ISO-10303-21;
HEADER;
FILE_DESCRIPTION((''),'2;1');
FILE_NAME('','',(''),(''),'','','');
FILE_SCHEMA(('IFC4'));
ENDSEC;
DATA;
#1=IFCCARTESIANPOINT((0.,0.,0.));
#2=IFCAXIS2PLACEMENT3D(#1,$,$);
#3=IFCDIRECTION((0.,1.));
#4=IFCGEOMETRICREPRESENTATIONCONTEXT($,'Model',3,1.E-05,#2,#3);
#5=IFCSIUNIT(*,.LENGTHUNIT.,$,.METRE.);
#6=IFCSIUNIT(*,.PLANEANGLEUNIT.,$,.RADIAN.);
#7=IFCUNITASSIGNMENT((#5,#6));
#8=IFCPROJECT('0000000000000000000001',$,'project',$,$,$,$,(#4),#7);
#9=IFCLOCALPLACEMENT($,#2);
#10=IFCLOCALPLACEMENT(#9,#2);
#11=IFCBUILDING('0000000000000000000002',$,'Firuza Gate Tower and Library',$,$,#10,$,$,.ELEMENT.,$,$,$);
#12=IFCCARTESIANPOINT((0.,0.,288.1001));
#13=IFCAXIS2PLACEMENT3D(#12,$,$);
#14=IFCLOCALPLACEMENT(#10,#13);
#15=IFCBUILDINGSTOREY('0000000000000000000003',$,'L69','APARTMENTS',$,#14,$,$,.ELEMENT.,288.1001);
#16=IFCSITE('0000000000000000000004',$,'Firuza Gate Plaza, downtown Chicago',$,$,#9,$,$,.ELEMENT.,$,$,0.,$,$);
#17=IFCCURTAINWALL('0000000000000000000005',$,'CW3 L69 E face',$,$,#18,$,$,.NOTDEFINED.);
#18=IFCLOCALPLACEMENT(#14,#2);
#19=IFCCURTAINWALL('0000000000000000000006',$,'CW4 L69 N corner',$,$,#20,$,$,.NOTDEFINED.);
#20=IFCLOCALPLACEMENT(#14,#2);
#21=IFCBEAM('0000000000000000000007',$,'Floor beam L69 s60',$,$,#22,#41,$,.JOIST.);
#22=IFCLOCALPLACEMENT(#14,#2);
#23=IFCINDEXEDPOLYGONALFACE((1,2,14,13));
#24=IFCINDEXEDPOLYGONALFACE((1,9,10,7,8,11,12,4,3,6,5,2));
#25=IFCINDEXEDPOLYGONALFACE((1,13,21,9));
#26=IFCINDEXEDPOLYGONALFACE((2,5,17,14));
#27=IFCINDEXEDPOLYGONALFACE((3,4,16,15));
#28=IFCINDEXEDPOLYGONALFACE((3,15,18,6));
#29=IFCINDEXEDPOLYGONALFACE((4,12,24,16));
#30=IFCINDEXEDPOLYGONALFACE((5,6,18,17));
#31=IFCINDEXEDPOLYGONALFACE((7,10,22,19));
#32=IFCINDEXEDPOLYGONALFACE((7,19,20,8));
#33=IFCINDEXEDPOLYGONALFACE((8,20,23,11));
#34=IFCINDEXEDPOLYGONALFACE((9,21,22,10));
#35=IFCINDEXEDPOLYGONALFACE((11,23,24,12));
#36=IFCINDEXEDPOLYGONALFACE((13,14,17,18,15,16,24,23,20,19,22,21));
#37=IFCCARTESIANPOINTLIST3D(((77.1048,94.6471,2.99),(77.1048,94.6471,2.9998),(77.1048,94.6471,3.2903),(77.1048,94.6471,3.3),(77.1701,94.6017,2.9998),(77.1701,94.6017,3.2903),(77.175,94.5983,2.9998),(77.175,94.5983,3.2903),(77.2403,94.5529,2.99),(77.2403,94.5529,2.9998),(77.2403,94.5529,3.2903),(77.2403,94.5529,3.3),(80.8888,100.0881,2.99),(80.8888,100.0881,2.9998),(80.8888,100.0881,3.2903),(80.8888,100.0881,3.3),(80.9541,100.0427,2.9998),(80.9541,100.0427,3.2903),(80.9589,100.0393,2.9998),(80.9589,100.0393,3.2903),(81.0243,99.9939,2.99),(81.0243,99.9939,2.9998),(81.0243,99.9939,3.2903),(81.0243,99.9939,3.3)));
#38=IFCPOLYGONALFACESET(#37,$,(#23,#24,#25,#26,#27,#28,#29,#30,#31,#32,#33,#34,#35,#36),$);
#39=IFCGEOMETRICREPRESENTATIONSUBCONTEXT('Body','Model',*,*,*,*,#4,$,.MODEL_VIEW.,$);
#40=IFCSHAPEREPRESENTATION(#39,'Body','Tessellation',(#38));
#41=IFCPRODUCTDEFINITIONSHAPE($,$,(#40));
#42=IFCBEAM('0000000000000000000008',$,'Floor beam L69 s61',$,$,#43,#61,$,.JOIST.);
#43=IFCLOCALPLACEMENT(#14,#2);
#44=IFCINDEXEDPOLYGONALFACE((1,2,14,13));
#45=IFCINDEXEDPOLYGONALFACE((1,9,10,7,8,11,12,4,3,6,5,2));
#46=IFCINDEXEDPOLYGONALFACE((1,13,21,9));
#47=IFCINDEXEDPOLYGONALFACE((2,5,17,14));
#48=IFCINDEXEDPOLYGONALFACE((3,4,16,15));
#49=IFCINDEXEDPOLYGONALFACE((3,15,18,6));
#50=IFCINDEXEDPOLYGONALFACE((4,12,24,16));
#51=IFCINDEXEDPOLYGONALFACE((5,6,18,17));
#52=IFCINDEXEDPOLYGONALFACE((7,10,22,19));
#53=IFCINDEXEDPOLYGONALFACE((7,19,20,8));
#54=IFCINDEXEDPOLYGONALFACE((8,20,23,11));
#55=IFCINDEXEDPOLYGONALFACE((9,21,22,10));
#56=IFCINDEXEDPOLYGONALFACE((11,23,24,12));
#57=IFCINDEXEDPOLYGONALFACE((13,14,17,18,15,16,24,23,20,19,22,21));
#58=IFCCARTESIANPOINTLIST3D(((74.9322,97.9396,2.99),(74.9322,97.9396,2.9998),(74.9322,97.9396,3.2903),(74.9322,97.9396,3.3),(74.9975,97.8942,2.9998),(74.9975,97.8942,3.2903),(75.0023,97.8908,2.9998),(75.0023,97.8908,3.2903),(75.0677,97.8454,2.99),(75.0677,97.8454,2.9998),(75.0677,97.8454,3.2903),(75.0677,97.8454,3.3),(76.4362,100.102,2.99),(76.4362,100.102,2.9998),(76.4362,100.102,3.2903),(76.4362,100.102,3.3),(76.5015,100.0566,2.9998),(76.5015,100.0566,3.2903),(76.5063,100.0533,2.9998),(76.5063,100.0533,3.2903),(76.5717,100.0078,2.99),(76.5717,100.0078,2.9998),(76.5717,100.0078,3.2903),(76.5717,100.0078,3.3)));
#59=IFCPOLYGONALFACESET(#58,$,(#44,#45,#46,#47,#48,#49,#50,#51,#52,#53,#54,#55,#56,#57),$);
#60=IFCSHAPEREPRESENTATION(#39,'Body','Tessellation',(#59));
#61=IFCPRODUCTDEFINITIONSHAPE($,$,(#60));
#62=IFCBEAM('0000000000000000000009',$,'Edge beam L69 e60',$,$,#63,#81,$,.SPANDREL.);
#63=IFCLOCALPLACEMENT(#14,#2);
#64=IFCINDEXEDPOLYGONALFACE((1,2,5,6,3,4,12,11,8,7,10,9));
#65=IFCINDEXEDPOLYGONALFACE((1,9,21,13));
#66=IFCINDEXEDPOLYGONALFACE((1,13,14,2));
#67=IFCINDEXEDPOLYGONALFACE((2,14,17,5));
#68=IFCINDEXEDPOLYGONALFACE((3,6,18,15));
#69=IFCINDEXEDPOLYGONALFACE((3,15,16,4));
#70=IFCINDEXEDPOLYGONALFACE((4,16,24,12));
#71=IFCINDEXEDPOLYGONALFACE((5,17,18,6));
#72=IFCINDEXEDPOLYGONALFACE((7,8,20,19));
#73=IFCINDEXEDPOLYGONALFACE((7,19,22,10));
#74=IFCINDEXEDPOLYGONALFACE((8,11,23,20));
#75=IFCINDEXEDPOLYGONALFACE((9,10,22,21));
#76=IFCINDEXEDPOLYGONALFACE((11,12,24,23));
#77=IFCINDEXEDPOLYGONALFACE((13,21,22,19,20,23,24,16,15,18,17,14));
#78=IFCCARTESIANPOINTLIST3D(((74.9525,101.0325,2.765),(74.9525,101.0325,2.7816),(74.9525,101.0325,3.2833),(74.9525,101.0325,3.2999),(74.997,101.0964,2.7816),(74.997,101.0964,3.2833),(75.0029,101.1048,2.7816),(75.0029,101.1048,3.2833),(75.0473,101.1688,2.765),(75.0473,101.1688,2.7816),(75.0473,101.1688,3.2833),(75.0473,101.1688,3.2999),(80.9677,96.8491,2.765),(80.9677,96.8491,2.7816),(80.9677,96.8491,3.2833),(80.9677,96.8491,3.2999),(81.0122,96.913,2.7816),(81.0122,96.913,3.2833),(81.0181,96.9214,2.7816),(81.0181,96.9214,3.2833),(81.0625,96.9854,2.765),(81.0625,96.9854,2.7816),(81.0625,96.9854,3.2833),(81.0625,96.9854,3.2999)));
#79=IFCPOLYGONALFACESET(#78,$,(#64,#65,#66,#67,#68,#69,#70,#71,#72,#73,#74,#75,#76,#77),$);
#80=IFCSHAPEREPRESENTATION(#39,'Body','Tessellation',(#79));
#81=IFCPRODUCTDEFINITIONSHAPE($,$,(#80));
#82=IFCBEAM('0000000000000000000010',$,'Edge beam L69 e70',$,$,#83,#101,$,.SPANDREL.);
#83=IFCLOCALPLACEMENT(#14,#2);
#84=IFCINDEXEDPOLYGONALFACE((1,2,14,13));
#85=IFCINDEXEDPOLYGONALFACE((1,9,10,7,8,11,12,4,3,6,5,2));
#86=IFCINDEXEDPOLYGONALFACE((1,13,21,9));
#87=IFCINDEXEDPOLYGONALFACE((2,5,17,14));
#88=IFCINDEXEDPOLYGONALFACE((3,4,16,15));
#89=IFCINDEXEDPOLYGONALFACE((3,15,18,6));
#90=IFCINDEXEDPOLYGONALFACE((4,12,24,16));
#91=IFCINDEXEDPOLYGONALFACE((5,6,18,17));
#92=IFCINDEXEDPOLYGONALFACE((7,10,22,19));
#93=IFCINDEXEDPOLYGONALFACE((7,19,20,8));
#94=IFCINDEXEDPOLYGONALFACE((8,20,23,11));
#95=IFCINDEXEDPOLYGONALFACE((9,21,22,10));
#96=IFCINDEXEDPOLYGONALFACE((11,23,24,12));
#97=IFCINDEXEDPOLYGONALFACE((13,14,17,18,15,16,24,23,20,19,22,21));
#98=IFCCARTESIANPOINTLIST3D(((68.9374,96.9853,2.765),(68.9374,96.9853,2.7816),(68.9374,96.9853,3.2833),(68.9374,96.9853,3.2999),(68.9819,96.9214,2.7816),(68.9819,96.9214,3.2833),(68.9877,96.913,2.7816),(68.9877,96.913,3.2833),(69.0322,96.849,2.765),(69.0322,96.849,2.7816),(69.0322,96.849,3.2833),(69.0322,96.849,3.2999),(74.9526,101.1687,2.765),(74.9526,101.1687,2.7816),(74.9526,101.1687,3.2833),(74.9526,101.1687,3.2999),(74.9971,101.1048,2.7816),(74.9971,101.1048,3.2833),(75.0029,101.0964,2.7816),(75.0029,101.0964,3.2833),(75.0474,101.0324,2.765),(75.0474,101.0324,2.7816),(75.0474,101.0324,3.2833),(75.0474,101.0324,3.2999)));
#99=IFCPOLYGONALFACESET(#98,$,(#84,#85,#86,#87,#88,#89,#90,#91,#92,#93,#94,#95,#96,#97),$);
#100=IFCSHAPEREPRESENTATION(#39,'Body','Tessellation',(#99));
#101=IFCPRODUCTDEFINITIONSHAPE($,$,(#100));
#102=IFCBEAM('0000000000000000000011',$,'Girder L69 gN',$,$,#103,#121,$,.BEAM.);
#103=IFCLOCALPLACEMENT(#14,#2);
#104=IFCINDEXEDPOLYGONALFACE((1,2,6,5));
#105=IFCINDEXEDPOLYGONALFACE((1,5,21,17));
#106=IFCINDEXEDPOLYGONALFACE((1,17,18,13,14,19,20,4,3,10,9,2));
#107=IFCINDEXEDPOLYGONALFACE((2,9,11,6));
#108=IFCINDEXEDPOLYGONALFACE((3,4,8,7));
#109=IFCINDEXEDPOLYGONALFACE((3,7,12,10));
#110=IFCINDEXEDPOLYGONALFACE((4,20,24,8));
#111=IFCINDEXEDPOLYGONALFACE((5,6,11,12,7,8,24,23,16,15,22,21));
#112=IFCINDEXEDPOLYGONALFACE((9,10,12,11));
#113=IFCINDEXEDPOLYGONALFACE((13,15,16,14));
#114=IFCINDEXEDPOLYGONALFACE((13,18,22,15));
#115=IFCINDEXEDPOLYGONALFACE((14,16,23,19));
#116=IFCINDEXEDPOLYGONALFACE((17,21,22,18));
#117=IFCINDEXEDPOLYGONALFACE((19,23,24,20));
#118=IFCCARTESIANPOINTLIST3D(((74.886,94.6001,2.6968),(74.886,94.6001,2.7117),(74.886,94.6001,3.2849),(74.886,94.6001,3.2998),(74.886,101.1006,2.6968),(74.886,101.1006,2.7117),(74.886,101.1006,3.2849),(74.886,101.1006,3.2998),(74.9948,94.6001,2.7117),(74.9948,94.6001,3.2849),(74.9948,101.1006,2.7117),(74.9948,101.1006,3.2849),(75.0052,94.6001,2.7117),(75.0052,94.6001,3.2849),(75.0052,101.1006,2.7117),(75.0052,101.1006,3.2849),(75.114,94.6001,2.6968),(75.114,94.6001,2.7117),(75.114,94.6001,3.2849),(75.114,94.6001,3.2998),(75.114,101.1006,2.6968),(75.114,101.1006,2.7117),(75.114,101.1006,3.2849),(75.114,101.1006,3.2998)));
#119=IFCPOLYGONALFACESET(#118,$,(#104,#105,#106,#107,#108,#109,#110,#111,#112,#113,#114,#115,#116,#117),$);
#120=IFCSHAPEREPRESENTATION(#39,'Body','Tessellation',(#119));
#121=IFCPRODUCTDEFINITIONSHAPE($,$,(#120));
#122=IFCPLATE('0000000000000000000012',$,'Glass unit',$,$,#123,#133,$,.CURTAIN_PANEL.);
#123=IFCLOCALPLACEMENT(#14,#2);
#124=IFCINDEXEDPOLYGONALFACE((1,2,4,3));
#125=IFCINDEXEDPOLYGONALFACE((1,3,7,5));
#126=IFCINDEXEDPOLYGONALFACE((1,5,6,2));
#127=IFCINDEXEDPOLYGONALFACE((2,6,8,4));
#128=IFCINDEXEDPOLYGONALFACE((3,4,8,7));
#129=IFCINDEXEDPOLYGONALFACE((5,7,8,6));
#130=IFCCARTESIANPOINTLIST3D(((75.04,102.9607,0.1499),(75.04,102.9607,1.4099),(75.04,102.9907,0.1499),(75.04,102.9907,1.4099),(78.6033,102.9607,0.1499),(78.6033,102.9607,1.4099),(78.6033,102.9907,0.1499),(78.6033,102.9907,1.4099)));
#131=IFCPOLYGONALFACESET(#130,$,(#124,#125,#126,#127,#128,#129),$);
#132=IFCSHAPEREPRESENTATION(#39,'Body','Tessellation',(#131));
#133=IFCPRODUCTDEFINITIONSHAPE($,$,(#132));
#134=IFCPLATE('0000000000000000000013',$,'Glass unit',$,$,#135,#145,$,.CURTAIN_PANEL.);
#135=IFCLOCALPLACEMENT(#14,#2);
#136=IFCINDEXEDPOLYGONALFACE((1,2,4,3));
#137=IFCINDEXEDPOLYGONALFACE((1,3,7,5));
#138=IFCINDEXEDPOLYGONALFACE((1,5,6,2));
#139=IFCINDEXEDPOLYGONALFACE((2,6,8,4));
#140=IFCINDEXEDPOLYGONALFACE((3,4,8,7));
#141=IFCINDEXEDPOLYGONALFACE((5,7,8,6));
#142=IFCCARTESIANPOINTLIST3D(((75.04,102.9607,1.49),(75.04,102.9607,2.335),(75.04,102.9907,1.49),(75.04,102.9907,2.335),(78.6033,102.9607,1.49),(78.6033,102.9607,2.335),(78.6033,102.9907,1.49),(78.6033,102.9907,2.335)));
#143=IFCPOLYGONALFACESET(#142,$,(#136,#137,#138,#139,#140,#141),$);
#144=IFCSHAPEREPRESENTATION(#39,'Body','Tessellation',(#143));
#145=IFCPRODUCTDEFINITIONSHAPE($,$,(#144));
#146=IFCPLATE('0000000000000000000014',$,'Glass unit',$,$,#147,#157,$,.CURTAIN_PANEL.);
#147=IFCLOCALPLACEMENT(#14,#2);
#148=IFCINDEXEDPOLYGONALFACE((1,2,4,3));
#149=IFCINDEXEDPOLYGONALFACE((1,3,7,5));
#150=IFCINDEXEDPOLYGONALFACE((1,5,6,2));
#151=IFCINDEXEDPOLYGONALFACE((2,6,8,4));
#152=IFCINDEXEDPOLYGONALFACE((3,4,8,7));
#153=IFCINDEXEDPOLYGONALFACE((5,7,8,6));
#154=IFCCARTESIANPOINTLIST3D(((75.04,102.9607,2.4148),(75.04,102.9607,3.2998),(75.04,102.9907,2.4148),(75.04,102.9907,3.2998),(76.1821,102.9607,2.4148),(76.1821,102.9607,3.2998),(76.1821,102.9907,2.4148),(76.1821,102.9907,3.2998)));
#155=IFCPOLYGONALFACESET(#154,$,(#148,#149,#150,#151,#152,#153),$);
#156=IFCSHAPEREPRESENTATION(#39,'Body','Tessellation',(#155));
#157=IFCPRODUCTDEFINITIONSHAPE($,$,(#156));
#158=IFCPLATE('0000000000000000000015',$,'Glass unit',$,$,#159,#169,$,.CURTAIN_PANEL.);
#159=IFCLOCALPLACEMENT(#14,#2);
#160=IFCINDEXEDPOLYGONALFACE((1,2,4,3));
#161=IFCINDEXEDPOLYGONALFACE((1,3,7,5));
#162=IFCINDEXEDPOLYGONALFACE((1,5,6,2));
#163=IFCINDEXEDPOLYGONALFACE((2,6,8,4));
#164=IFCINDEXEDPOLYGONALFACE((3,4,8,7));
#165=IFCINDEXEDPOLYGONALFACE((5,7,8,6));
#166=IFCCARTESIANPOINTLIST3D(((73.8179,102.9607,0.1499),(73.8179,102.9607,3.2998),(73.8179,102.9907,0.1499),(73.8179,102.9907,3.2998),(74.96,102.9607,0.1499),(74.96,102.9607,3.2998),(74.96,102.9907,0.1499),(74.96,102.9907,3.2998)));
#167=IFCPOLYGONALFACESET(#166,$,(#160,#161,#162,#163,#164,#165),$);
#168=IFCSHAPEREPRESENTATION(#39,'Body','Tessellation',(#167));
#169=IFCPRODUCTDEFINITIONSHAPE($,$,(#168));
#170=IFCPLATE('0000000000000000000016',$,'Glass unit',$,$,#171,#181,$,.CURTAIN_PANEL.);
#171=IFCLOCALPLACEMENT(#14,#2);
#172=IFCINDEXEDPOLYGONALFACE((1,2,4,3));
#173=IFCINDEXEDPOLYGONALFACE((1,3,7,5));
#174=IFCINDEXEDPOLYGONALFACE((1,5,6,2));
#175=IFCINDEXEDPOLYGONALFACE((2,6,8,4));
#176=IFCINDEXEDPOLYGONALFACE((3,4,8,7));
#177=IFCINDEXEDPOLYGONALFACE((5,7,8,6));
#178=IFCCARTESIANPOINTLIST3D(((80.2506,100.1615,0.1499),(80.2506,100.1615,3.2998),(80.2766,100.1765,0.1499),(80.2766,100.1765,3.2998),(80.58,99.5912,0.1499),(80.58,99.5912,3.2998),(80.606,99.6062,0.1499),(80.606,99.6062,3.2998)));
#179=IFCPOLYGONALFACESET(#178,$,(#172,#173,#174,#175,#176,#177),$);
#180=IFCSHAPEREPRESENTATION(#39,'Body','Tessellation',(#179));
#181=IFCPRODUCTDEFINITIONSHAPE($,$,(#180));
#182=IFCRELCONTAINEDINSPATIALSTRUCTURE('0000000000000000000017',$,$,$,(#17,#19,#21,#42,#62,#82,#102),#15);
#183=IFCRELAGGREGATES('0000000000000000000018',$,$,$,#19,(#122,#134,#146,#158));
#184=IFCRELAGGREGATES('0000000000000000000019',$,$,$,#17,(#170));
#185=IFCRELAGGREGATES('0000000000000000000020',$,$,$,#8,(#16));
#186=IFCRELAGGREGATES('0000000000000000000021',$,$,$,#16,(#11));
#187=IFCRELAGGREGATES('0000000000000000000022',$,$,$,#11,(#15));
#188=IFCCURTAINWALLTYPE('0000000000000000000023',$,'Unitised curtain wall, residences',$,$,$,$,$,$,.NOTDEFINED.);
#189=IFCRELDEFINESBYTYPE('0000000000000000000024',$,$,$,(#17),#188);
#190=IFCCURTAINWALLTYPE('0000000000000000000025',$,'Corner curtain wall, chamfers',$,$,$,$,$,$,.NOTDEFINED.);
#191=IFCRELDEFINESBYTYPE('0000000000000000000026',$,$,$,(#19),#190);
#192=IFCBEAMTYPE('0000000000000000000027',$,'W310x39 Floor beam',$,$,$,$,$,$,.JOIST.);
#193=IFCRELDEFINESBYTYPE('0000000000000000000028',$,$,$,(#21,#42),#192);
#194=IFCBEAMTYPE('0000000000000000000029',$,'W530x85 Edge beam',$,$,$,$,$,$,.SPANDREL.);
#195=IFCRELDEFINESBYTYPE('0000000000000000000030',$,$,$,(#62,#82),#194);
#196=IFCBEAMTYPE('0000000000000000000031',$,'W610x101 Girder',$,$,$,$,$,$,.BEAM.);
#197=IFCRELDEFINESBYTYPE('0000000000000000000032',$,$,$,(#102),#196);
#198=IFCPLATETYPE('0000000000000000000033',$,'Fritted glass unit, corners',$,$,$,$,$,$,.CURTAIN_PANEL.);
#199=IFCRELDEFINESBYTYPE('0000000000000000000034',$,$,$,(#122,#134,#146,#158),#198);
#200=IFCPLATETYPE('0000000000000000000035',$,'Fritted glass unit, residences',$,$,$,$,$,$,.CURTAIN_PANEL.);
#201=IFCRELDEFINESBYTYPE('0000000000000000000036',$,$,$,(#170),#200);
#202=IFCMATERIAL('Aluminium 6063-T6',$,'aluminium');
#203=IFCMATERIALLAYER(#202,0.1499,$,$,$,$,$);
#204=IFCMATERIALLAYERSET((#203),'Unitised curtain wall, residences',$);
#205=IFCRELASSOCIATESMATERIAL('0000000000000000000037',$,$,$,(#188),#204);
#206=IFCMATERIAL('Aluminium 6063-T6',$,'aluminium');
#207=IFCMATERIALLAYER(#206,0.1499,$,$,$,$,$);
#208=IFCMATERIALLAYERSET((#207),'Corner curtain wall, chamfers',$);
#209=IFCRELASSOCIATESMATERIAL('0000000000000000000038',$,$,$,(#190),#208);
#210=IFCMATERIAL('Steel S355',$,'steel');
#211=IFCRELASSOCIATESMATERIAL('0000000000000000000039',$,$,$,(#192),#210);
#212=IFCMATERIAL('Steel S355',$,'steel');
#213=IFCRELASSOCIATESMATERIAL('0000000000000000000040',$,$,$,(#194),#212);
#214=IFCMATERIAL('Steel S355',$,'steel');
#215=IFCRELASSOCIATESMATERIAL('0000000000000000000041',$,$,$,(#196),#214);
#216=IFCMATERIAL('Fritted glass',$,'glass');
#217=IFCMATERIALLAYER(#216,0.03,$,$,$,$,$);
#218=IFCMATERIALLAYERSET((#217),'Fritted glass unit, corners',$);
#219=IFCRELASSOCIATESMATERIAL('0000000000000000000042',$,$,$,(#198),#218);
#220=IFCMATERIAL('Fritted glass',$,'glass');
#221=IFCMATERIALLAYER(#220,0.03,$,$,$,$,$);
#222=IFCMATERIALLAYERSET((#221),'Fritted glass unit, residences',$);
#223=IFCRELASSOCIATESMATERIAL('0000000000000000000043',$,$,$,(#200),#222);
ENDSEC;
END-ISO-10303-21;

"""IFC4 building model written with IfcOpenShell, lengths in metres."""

from ifc_helpers import new_model, si_unit, direction, frame, origin, origin_2d, place, context, subcontext, project, spatial, polyline, i_section, outline, extrude, material, layer, layer_set, material_profile, profile_set, type_object, element, aggregate, save


model = new_model("IFC4")

# Units and contexts
model_context = context("Model", 3, precision=1e-05, world=origin(), true_north=direction((0.0, 1.0)))
body_context = subcontext(model_context, "Body", "Model", "MODEL_VIEW")
ifc_project = project(units=[si_unit("LENGTHUNIT", "METRE"), si_unit("PLANEANGLEUNIT", "RADIAN")], contexts=[model_context])

# Site, building, storey
site_placement = place(None, origin())
site = spatial("IfcSite", under=ifc_project, at=site_placement, Name="Firuza Gate Plaza, downtown Chicago", CompositionType="ELEMENT", RefElevation=0.0)
building_placement = place(site_placement, origin())
building = spatial("IfcBuilding", under=site, at=building_placement, Name="Firuza Gate Tower and Library", CompositionType="ELEMENT")
storey_placement = place(building_placement, frame((0.0, 0.0, 288.1001)))
storey = spatial("IfcBuildingStorey", under=building, at=storey_placement, Name="L69", Description="APARTMENTS", CompositionType="ELEMENT", Elevation=288.1001)

# Curtain walls
ifc_material_1 = material(Name="Aluminium 6063-T6", Category="aluminium")
ifc_layer_1 = layer(ifc_material_1, 0.1499)
ifc_layer_set_1 = layer_set([ifc_layer_1], Name="Unitised curtain wall, residences")
curtain_wall_type_1 = type_object("IfcCurtainWallType", Name="Unitised curtain wall, residences", PredefinedType="NOTDEFINED", material=ifc_layer_set_1)
placement = place(storey_placement, origin())
curtain_wall_1 = element("IfcCurtainWall", 1, at=placement, inside=storey, type_object=curtain_wall_type_1, Name="CW3 L69 E face", PredefinedType="NOTDEFINED")
ifc_material_2 = material(Name="Aluminium 6063-T6", Category="aluminium")
ifc_layer_2 = layer(ifc_material_2, 0.1499)
ifc_layer_set_2 = layer_set([ifc_layer_2], Name="Corner curtain wall, chamfers")
curtain_wall_type_2 = type_object("IfcCurtainWallType", Name="Corner curtain wall, chamfers", PredefinedType="NOTDEFINED", material=ifc_layer_set_2)
curtain_wall_2 = element("IfcCurtainWall", 2, at=placement, inside=storey, type_object=curtain_wall_type_2, Name="CW4 L69 N corner", PredefinedType="NOTDEFINED")

# Beams
ifc_material_3 = material(Name="Steel S355", Category="steel")
ifc_material_profile_1 = material_profile(ifc_material_3, i_section(OverallWidth=0.165, OverallDepth=0.3101, WebThickness=0.0059, FlangeThickness=0.0098, at=origin_2d()))
ifc_profile_set_1 = profile_set([ifc_material_profile_1], Name="Steel S355")
beam_type_1 = type_object("IfcBeamType", Name="W310x39 Floor beam", PredefinedType="JOIST", material=ifc_profile_set_1)
beam_1_placement = place(storey_placement, frame((80.9565, 100.041, 3.145), z_axis=(-0.570958, -0.82098, 0.0), x_axis=(0.82098, -0.570958, 0.0)))
element("IfcBeam", 3, at=beam_1_placement, inside=storey, type_object=beam_type_1, Name="Floor beam L69 s60", PredefinedType="JOIST", context=body_context, shape_type="SweptSolid", body=[
    extrude(i_section(OverallWidth=0.165, OverallDepth=0.3101, WebThickness=0.0059, FlangeThickness=0.0098, at=origin_2d()), origin(), (0.0, 0.0, 1.0), 6.6274),
])
beam_2_placement = place(storey_placement, frame((76.5039, 100.0549, 3.145), z_axis=(-0.570978, -0.820966, 0.0), x_axis=(0.820966, -0.570978, 0.0)))
element("IfcBeam", 4, at=beam_2_placement, inside=storey, type_object=beam_type_1, Name="Floor beam L69 s61", PredefinedType="JOIST", context=body_context, shape_type="SweptSolid", body=[
    extrude(i_section(OverallWidth=0.165, OverallDepth=0.3101, WebThickness=0.0059, FlangeThickness=0.0098, at=origin_2d()), origin(), (0.0, 0.0, 1.0), 2.634),
])
ifc_material_4 = material(Name="Steel S355", Category="steel")
ifc_material_profile_2 = material_profile(ifc_material_4, i_section(OverallWidth=0.166, OverallDepth=0.5349, WebThickness=0.0103, FlangeThickness=0.0166, at=origin_2d()))
ifc_profile_set_2 = profile_set([ifc_material_profile_2], Name="Steel S355")
beam_type_2 = type_object("IfcBeamType", Name="W530x85 Edge beam", PredefinedType="SPANDREL", material=ifc_profile_set_2)
for number, where, z_axis, x_axis, name in (
    (5, (81.0151, 96.9172, 3.0325), (-0.820975, 0.570964, 0.0), (-0.570964, -0.820975, 0.0), "Edge beam L69 e60"),
    (6, (75.0, 101.1006, 3.0325), (-0.820975, -0.570964, 0.0), (0.570964, -0.820975, 0.0), "Edge beam L69 e70"),
):
    element("IfcBeam", number, at=place(storey_placement, frame(where, z_axis=z_axis, x_axis=x_axis)), inside=storey, type_object=beam_type_2, Name=name, PredefinedType="SPANDREL", context=body_context, shape_type="SweptSolid", body=[
        extrude(i_section(OverallWidth=0.166, OverallDepth=0.5349, WebThickness=0.0103, FlangeThickness=0.0166, at=origin_2d()), origin(), (0.0, 0.0, 1.0), 7.3269),
    ])
ifc_material_5 = material(Name="Steel S355", Category="steel")
ifc_material_profile_3 = material_profile(ifc_material_5, i_section(OverallWidth=0.228, OverallDepth=0.603, WebThickness=0.0105, FlangeThickness=0.0149, at=origin_2d()))
ifc_profile_set_3 = profile_set([ifc_material_profile_3], Name="Steel S355")
beam_type_3 = type_object("IfcBeamType", Name="W610x101 Girder", PredefinedType="BEAM", material=ifc_profile_set_3)
beam_3_placement = place(storey_placement, frame((75.0, 101.1006, 2.9983), z_axis=(0.0, -1.0, 0.0), x_axis=(1.0, 0.0, 0.0)))
element("IfcBeam", 7, at=beam_3_placement, inside=storey, type_object=beam_type_3, Name="Girder L69 gN", PredefinedType="BEAM", context=body_context, shape_type="SweptSolid", body=[
    extrude(i_section(OverallWidth=0.228, OverallDepth=0.603, WebThickness=0.0105, FlangeThickness=0.0149, at=origin_2d()), origin(), (0.0, 0.0, 1.0), 6.5005),
])

# Plates
ifc_material_6 = material(Name="Fritted glass", Category="glass")
ifc_layer_3 = layer(ifc_material_6, 0.03)
ifc_layer_set_3 = layer_set([ifc_layer_3], Name="Fritted glass unit, corners")
plate_type_1 = type_object("IfcPlateType", Name="Fritted glass unit, corners", PredefinedType="CURTAIN_PANEL", material=ifc_layer_set_3)
plate_1_placement = place(storey_placement, frame((78.6033, 102.9907, 0.1499), z_axis=(0.0, 1.0, 0.0), x_axis=(-1.0, 0.0, 0.0)))
plate_1 = element("IfcPlate", 8, at=plate_1_placement, type_object=plate_type_1, Name="Glass unit", PredefinedType="CURTAIN_PANEL", context=body_context, shape_type="SweptSolid", body=[
    extrude(outline(polyline([(0.0, 0.0), (3.5632, 0.0), (3.5632, 1.26), (0.0, 1.26), (0.0, 0.0)])), origin(), (0.0, 0.0, -1.0), 0.03),
])
plate_2_placement = place(storey_placement, frame((78.6033, 102.9907, 1.49), z_axis=(0.0, 1.0, 0.0), x_axis=(-1.0, 0.0, 0.0)))
plate_2 = element("IfcPlate", 9, at=plate_2_placement, type_object=plate_type_1, Name="Glass unit", PredefinedType="CURTAIN_PANEL", context=body_context, shape_type="SweptSolid", body=[
    extrude(outline(polyline([(0.0, 0.0), (3.5632, 0.0), (3.5632, 0.845), (0.0, 0.845), (0.0, 0.0)])), origin(), (0.0, 0.0, -1.0), 0.03),
])
plate_3_placement = place(storey_placement, frame((76.1821, 102.9907, 2.4148), z_axis=(0.0, 1.0, 0.0), x_axis=(-1.0, 0.0, 0.0)))
plate_3 = element("IfcPlate", 10, at=plate_3_placement, type_object=plate_type_1, Name="Glass unit", PredefinedType="CURTAIN_PANEL", context=body_context, shape_type="SweptSolid", body=[
    extrude(outline(polyline([(0.0, 0.0), (1.1421, 0.0), (1.1421, 0.885), (0.0, 0.885), (0.0, 0.0)])), origin(), (0.0, 0.0, -1.0), 0.03),
])
plate_4_placement = place(storey_placement, frame((74.96, 102.9907, 0.1499), z_axis=(0.0, 1.0, 0.0), x_axis=(-1.0, 0.0, 0.0)))
plate_4 = element("IfcPlate", 11, at=plate_4_placement, type_object=plate_type_1, Name="Glass unit", PredefinedType="CURTAIN_PANEL", context=body_context, shape_type="SweptSolid", body=[
    extrude(outline(polyline([(0.0, 0.0), (1.1421, 0.0), (1.1421, 3.1499), (0.0, 3.1499), (0.0, 0.0)])), origin(), (0.0, 0.0, -1.0), 0.03),
])
ifc_material_7 = material(Name="Fritted glass", Category="glass")
ifc_layer_4 = layer(ifc_material_7, 0.03)
ifc_layer_set_4 = layer_set([ifc_layer_4], Name="Fritted glass unit, residences")
plate_type_2 = type_object("IfcPlateType", Name="Fritted glass unit, residences", PredefinedType="CURTAIN_PANEL", material=ifc_layer_set_4)
plate_5_placement = place(storey_placement, frame((80.606, 99.6062, 0.1499), z_axis=(0.865976, 0.500086, 0.0), x_axis=(-0.500086, 0.865976, 0.0)))
plate_5 = element("IfcPlate", 12, at=plate_5_placement, type_object=plate_type_2, Name="Glass unit", PredefinedType="CURTAIN_PANEL", context=body_context, shape_type="SweptSolid", body=[
    extrude(outline(polyline([(0.0, 0.0), (0.6586, 0.0), (0.6586, 3.1499), (0.0, 3.1499), (0.0, 0.0)])), origin(), (0.0, 0.0, -1.0), 0.03),
])
aggregate(curtain_wall_2, [plate_1, plate_2, plate_3, plate_4])
aggregate(curtain_wall_1, [plate_5])

save(model, "model.ifc")
